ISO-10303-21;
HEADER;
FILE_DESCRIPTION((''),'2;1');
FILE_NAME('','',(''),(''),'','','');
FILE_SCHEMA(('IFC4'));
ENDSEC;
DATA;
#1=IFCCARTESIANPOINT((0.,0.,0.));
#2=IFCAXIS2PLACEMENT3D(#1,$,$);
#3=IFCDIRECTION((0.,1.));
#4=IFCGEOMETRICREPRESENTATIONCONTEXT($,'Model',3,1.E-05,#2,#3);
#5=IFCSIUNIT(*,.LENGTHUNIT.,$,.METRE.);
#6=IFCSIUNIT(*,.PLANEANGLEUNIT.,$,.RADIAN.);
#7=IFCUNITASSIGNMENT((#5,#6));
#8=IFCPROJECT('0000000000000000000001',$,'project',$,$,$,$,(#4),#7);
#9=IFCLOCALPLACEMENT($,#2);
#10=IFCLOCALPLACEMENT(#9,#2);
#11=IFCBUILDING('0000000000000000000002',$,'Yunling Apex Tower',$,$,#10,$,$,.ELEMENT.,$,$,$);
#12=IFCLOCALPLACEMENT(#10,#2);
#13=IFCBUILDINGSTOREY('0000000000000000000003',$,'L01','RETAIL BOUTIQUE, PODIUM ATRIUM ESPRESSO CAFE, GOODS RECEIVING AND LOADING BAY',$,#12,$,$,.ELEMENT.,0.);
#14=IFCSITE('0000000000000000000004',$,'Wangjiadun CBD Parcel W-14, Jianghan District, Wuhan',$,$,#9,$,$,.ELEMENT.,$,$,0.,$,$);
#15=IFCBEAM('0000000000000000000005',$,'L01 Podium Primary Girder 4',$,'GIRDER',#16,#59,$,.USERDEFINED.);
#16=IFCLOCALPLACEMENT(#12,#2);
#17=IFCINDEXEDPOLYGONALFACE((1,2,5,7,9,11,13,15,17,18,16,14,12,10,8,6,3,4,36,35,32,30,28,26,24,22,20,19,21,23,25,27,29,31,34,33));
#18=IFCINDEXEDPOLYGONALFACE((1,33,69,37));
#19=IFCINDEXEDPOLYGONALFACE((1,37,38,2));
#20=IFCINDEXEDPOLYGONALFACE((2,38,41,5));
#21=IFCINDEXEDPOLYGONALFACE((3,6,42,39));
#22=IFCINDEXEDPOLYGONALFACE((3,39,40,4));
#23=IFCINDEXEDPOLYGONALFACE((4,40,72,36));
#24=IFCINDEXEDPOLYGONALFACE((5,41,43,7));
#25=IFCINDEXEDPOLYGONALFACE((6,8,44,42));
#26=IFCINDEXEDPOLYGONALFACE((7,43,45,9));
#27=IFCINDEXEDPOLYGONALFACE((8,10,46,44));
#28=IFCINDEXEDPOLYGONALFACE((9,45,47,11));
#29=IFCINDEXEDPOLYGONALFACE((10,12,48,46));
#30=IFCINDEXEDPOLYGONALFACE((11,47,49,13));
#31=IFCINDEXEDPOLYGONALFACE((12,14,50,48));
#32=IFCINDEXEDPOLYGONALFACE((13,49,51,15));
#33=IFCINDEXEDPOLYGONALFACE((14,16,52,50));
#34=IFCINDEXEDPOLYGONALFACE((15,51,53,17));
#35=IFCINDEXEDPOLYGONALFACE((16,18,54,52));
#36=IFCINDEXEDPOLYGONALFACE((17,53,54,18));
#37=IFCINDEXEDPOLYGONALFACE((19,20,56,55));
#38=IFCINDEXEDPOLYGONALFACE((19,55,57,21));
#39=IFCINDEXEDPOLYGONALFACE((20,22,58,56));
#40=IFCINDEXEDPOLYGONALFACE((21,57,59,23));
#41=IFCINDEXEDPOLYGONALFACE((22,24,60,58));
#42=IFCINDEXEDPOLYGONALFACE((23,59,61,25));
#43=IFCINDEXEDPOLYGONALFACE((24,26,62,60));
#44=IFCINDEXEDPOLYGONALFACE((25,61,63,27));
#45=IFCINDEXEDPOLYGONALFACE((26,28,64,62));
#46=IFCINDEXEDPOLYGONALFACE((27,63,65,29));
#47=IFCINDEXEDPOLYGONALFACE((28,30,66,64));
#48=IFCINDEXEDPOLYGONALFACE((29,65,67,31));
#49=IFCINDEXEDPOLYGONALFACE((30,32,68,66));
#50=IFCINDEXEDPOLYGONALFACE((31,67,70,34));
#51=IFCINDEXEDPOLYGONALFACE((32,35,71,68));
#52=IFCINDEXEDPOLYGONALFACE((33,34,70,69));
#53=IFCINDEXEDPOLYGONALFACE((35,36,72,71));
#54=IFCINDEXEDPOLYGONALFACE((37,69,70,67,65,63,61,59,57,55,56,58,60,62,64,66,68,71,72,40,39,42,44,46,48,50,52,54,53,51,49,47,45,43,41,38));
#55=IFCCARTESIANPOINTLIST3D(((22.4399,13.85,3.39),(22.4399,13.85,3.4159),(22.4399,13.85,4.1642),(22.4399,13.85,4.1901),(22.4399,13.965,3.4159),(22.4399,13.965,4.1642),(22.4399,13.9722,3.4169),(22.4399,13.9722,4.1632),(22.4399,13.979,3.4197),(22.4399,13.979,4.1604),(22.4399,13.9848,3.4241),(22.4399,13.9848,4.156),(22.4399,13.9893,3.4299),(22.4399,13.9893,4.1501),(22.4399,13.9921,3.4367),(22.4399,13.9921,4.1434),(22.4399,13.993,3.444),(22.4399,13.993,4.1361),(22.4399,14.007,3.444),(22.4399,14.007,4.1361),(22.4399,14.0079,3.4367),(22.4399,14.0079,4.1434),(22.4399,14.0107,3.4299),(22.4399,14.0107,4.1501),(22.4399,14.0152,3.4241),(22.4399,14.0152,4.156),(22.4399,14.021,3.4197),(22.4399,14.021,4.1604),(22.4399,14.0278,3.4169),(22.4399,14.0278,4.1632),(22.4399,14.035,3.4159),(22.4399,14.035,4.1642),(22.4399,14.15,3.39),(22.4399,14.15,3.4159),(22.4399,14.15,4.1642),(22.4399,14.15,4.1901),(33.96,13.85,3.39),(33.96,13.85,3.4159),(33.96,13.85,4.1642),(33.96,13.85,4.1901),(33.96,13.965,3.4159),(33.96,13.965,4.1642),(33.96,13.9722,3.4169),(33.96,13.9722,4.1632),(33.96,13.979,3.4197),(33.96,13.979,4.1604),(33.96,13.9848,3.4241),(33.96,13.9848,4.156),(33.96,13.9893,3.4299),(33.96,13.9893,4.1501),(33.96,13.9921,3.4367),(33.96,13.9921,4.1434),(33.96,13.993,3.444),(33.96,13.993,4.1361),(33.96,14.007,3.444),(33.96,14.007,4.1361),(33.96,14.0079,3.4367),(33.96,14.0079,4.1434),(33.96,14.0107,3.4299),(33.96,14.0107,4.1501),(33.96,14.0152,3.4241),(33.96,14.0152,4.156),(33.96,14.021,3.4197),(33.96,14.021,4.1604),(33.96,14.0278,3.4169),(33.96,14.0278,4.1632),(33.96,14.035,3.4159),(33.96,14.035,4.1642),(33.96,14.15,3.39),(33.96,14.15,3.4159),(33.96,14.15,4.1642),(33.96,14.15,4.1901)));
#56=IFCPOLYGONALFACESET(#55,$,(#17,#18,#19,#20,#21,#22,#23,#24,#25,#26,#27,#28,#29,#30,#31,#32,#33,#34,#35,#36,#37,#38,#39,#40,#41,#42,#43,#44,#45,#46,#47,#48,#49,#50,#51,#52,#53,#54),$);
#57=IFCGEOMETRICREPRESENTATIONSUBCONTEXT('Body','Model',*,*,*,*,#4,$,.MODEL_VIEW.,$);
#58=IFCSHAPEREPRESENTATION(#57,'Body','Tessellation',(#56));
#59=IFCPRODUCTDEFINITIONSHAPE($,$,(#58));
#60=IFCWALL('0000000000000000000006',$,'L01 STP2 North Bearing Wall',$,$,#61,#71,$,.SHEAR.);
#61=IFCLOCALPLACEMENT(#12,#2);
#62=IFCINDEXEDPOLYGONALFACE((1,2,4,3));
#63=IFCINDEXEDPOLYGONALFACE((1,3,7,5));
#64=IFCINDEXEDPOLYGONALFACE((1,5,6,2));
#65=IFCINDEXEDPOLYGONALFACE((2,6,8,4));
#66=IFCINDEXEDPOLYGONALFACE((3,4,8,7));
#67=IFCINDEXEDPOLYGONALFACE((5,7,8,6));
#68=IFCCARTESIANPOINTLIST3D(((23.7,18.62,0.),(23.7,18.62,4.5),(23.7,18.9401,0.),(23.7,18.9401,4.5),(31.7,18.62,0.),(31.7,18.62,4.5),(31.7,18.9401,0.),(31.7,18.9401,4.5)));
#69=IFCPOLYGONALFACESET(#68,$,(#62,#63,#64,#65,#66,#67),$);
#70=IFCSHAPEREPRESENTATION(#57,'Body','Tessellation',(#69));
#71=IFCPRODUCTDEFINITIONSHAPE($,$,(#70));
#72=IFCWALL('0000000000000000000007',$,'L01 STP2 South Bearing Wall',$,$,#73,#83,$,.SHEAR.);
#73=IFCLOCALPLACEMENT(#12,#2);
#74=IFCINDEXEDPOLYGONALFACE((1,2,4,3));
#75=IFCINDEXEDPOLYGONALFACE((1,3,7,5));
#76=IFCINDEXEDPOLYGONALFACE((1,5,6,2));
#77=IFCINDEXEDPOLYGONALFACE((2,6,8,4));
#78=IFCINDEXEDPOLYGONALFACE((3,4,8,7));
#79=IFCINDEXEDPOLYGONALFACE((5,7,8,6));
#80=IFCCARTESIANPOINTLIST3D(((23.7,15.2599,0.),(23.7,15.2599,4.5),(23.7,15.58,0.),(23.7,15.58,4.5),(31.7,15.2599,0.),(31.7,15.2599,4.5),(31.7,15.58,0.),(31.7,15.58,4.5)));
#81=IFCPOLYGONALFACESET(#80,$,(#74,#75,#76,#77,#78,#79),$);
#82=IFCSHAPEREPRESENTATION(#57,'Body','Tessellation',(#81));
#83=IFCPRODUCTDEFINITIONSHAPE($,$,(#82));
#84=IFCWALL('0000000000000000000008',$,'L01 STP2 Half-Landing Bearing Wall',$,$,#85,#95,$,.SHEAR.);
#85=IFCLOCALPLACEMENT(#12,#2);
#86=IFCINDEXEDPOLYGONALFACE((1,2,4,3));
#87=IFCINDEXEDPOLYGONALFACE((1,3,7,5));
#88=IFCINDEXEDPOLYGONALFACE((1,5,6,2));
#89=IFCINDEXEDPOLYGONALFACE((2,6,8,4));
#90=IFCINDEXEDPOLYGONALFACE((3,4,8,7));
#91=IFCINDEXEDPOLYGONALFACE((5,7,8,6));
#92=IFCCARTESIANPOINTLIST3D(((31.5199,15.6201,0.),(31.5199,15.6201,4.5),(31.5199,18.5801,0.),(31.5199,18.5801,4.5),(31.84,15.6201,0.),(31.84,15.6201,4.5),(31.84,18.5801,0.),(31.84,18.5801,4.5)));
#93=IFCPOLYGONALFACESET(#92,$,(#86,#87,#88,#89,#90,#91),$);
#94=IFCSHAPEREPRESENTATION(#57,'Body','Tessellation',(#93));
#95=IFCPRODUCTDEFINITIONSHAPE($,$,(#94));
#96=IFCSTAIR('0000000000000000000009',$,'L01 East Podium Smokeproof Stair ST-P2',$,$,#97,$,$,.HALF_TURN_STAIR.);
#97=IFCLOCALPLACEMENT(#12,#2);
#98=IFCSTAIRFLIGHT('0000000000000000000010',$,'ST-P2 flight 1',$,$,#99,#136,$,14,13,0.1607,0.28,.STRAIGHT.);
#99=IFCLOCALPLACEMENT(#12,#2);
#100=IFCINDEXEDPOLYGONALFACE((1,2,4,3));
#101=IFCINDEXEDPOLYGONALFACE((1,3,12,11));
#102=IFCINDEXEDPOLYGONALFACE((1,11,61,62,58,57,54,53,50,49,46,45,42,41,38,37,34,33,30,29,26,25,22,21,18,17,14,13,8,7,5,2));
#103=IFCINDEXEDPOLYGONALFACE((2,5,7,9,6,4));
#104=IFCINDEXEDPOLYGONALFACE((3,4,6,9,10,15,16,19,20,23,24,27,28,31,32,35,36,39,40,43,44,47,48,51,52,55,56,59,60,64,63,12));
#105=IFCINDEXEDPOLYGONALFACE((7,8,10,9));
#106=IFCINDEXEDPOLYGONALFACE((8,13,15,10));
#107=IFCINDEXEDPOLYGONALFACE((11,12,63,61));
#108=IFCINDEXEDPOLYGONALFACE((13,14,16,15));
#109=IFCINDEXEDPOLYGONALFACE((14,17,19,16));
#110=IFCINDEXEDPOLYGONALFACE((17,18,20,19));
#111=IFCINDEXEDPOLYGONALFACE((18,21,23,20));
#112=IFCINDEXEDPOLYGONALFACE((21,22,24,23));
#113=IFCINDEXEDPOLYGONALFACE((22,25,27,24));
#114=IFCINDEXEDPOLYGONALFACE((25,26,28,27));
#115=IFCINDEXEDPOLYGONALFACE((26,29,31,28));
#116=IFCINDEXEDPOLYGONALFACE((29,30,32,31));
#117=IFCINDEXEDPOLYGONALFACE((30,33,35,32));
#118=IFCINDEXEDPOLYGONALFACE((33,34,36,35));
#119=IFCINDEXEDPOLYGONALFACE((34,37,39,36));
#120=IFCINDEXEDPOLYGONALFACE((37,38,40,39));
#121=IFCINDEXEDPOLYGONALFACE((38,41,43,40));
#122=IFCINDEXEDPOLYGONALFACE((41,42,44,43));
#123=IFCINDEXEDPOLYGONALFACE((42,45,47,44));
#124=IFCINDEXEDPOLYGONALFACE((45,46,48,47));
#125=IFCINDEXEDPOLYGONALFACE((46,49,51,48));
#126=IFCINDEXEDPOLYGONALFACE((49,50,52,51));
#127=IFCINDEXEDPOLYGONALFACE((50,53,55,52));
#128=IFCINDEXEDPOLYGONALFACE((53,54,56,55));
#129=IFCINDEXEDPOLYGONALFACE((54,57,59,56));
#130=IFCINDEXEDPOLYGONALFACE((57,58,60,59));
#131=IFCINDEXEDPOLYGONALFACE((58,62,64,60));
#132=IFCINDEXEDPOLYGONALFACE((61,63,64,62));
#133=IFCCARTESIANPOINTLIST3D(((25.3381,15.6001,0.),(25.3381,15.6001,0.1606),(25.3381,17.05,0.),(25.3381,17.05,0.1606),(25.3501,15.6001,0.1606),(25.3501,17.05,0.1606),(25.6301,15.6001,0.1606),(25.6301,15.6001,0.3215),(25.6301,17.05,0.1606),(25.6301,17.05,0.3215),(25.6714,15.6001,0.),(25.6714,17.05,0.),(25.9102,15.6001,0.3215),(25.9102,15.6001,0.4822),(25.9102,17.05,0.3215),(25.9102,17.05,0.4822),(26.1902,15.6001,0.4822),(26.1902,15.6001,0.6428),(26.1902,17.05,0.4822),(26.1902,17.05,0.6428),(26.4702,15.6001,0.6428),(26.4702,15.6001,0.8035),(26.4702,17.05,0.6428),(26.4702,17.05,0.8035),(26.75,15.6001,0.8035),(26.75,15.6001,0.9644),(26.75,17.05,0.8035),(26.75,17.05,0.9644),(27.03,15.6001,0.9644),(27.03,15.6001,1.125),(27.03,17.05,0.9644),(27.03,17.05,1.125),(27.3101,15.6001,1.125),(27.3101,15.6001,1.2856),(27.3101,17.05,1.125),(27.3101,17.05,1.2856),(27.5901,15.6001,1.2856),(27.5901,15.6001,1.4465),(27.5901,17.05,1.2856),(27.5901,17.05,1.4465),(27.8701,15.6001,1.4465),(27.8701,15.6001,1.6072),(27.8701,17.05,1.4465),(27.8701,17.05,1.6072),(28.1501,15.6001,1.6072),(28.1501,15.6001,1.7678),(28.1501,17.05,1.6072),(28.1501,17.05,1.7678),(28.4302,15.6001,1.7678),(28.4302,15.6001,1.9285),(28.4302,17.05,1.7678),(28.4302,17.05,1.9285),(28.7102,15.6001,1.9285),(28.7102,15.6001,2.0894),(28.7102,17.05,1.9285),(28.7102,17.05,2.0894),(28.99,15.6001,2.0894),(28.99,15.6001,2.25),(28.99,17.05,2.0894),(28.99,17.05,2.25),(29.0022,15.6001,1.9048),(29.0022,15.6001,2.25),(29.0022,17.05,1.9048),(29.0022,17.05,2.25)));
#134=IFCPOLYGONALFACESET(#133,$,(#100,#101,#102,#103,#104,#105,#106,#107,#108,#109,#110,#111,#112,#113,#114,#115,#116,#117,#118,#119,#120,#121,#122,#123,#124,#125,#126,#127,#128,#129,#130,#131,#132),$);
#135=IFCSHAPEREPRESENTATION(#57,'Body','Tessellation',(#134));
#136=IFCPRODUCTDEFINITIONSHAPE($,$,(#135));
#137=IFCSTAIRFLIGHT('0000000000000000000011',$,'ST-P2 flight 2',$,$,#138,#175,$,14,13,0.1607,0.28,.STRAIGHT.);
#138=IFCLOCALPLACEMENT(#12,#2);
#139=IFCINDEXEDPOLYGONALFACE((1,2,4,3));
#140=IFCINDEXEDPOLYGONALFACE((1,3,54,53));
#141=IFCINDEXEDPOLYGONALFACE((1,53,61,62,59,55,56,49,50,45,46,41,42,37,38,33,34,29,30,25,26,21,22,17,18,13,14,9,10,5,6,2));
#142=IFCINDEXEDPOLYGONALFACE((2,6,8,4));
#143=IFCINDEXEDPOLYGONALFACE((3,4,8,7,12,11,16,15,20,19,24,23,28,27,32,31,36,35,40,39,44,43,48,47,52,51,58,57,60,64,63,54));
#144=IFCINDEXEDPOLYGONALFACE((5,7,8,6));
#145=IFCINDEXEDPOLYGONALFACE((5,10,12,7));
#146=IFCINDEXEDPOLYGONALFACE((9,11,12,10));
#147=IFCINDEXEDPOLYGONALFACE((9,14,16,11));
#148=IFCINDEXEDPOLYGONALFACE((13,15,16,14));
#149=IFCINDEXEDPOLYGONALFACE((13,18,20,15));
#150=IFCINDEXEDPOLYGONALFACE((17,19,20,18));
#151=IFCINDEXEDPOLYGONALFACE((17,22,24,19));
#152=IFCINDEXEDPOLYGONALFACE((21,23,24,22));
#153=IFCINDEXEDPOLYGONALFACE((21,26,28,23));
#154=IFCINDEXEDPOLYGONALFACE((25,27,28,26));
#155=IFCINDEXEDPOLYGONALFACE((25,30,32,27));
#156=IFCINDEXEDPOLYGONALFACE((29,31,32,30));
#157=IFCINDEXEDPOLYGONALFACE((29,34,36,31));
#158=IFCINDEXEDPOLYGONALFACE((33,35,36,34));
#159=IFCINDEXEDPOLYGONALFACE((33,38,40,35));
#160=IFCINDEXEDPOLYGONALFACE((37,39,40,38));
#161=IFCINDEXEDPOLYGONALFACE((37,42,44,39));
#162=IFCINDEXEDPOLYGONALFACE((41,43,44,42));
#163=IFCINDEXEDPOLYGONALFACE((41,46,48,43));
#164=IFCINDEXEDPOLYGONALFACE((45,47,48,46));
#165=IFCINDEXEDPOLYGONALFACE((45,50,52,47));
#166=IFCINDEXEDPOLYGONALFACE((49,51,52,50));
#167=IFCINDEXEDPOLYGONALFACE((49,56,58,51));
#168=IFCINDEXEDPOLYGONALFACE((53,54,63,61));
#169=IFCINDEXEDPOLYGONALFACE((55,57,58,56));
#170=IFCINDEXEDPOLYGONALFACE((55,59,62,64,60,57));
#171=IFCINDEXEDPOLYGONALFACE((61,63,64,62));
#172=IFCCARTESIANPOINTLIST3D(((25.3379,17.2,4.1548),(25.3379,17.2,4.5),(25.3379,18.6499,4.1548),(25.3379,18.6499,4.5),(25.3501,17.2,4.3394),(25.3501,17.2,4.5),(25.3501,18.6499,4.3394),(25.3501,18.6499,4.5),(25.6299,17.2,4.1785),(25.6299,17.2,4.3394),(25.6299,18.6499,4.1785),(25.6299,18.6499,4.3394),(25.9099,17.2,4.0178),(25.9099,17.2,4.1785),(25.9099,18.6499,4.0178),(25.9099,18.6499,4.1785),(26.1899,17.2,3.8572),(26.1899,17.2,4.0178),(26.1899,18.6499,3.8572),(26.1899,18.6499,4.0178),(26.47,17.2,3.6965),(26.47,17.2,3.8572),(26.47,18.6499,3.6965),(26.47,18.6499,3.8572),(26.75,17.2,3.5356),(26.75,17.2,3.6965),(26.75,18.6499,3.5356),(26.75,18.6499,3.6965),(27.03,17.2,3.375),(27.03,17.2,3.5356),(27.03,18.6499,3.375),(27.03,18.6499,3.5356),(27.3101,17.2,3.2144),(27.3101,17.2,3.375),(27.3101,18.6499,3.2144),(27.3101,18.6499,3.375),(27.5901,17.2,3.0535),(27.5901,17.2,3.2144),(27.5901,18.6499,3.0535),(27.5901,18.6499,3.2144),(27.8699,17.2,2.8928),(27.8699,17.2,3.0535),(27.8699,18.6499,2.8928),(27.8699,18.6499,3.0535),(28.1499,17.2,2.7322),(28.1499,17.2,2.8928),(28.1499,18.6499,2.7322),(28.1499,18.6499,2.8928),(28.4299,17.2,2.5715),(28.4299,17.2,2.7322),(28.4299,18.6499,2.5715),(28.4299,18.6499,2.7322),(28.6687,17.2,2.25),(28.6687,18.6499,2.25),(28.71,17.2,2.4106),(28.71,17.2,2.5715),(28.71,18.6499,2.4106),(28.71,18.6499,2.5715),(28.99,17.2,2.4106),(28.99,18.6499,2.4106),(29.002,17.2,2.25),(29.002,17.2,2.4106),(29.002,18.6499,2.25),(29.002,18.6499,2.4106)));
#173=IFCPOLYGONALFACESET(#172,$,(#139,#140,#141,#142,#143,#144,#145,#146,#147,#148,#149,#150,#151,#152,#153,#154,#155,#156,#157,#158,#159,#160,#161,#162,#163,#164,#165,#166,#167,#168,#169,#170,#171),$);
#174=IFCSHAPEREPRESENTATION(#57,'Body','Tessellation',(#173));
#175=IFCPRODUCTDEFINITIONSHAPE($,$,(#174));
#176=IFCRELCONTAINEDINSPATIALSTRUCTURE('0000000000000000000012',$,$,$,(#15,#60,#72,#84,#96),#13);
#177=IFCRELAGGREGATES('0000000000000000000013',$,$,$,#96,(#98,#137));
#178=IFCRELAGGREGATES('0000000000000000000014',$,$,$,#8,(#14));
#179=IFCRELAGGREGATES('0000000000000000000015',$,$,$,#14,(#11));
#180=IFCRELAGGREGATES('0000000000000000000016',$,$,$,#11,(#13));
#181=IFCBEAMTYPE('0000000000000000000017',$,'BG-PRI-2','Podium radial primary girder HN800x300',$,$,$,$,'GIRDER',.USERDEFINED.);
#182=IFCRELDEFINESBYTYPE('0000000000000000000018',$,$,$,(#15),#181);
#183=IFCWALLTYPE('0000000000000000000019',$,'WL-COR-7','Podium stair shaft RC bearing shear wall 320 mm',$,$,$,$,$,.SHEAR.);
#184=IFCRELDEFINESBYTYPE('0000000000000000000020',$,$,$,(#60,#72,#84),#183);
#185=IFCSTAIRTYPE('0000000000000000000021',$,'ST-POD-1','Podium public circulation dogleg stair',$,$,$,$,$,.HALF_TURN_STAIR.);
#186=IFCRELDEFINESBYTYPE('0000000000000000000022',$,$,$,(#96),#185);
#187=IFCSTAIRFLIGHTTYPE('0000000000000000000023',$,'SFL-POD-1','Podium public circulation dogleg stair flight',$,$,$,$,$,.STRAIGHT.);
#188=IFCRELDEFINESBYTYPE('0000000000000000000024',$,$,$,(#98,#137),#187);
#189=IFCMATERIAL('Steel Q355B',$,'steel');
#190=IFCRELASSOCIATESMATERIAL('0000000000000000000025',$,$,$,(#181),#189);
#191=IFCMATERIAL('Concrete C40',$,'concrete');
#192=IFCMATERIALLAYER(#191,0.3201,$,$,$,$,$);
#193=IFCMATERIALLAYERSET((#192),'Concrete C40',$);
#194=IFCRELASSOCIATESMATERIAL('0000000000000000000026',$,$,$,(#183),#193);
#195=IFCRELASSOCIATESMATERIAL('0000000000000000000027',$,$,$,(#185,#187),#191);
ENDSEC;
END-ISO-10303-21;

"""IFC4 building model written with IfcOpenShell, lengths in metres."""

from ifc_helpers import new_model, si_unit, direction, frame, frame_2d, origin, origin_2d, place, context, subcontext, project, spatial, polyline, rectangle, i_section, outline, extrude, source, transform, mapped, material, layer, layer_set, material_profile, profile_set, type_object, element, aggregate, save


model = new_model("IFC4")

# Units and contexts
model_context = context("Model", 3, precision=1e-05, world=origin(), true_north=direction((0.0, 1.0)))
body_context = subcontext(model_context, "Body", "Model", "MODEL_VIEW")
ifc_project = project(units=[si_unit("LENGTHUNIT", "METRE"), si_unit("PLANEANGLEUNIT", "RADIAN")], contexts=[model_context])

# Site, building, storey
site_placement = place(None, origin())
site = spatial("IfcSite", under=ifc_project, at=site_placement, Name="Wangjiadun CBD Parcel W-14, Jianghan District, Wuhan", CompositionType="ELEMENT", RefElevation=0.0)
building_placement = place(site_placement, origin())
building = spatial("IfcBuilding", under=site, at=building_placement, Name="Yunling Apex Tower", CompositionType="ELEMENT")
storey_placement = place(building_placement, origin())
storey = spatial("IfcBuildingStorey", under=building, at=storey_placement, Name="L01", Description="RETAIL BOUTIQUE, PODIUM ATRIUM ESPRESSO CAFE, GOODS RECEIVING AND LOADING BAY", CompositionType="ELEMENT", Elevation=0.0)

# Beam
ifc_material_1 = material(Name="Steel Q355B", Category="steel")
ifc_material_profile_1 = material_profile(ifc_material_1, i_section(OverallWidth=0.3, OverallDepth=0.8, WebThickness=0.0139, FlangeThickness=0.0259, FilletRadius=0.0281, at=origin_2d()))
ifc_profile_set_1 = profile_set([ifc_material_profile_1], Name="Steel Q355B")
beam_type_1 = type_object("IfcBeamType", Name="BG-PRI-2", Description="Podium radial primary girder HN800x300", ElementType="GIRDER", PredefinedType="USERDEFINED", material=ifc_profile_set_1)
shared_shape_1 = source(origin(), body_context, "Body", "SweptSolid", [
    extrude(i_section(OverallWidth=0.3, OverallDepth=0.8, WebThickness=0.0139, FlangeThickness=0.0259, FilletRadius=0.0281, at=origin_2d()), origin(), (0.0, 0.0, 1.0), 11.52),
])
beam_1_placement = place(storey_placement, frame((22.4399, 14.0, 3.79), z_axis=(1.0, 0.0, 0.0), x_axis=(0.0, 1.0, 0.0)))
element("IfcBeam", 1, at=beam_1_placement, inside=storey, type_object=beam_type_1, Name="L01 Podium Primary Girder 4", ObjectType="GIRDER", PredefinedType="USERDEFINED", context=body_context, shape_type="MappedRepresentation", body=[
    mapped(shared_shape_1, transform((0.0, 0.0, 0.0), scale=1.0)),
])

# Walls
ifc_material_2 = material(Name="Concrete C40", Category="concrete")
ifc_layer_1 = layer(ifc_material_2, 0.3201)
ifc_layer_set_1 = layer_set([ifc_layer_1], Name="Concrete C40")
wall_type_1 = type_object("IfcWallType", Name="WL-COR-7", Description="Podium stair shaft RC bearing shear wall 320 mm", PredefinedType="SHEAR", material=ifc_layer_set_1)
for number, where, z_axis, x_axis, name in (
    (2, (23.7, 18.78, 0.0), (0.0, 0.0, 1.0), (1.0, 0.0, 0.0), "L01 STP2 North Bearing Wall"),
    (3, (23.7, 15.4199, 0.0), (0.0, 0.0, 1.0), (1.0, 0.0, 0.0), "L01 STP2 South Bearing Wall"),
):
    element("IfcWall", number, at=place(storey_placement, frame(where, z_axis=z_axis, x_axis=x_axis)), inside=storey, type_object=wall_type_1, Name=name, PredefinedType="SHEAR", context=body_context, shape_type="SweptSolid", body=[
        extrude(rectangle(XDim=8.0, YDim=0.3201, at=frame_2d((4.0, 0.0))), origin(), (0.0, 0.0, 1.0), 4.5),
    ])
wall_1_placement = place(storey_placement, frame((31.6799, 15.6201, 0.0), z_axis=(0.0, 0.0, 1.0), x_axis=(0.0, 1.0, 0.0)))
element("IfcWall", 4, at=wall_1_placement, inside=storey, type_object=wall_type_1, Name="L01 STP2 Half-Landing Bearing Wall", PredefinedType="SHEAR", context=body_context, shape_type="SweptSolid", body=[
    extrude(rectangle(XDim=2.96, YDim=0.3201, at=frame_2d((1.48, 0.0))), origin(), (0.0, 0.0, 1.0), 4.5),
])

# Stair, stair flights
stair_type = type_object("IfcStairType", Name="ST-POD-1", Description="Podium public circulation dogleg stair", PredefinedType="HALF_TURN_STAIR", material=ifc_material_2)
stair_placement = place(storey_placement, origin())
stair = element("IfcStair", 5, at=stair_placement, inside=storey, type_object=stair_type, Name="L01 East Podium Smokeproof Stair ST-P2", PredefinedType="HALF_TURN_STAIR")
stair_flight_type = type_object("IfcStairFlightType", Name="SFL-POD-1", Description="Podium public circulation dogleg stair flight", PredefinedType="STRAIGHT", material=ifc_material_2)
stair_flight_1_placement = place(storey_placement, frame((25.3501, 16.325, 0.0), z_axis=(0.0, 0.0, 1.0), x_axis=(1.0, 0.0, 0.0)))
stair_flight_1 = element("IfcStairFlight", 6, at=stair_flight_1_placement, type_object=stair_flight_type, Name="ST-P2 flight 1", NumberOfRisers=14, NumberOfTreads=13, PredefinedType="STRAIGHT", RiserHeight=0.1607, TreadLength=0.28, context=body_context, shape_type="SweptSolid", body=[
    extrude(outline(polyline([(-0.012, 0.0), (-0.012, 0.1606), (0.0, 0.1606), (0.28, 0.1606), (0.28, 0.3215), (0.5601, 0.3215), (0.5601, 0.4822), (0.8401, 0.4822), (0.8401, 0.6428), (1.1201, 0.6428), (1.1201, 0.8035), (1.3999, 0.8035), (1.3999, 0.9644), (1.6799, 0.9644), (1.6799, 1.125), (1.96, 1.125), (1.96, 1.2856), (2.24, 1.2856), (2.24, 1.4465), (2.52, 1.4465), (2.52, 1.6072), (2.8, 1.6072), (2.8, 1.7678), (3.0801, 1.7678), (3.0801, 1.9285), (3.3601, 1.9285), (3.3601, 2.0894), (3.6399, 2.0894), (3.6399, 2.25), (3.6521, 2.25), (3.6521, 1.9048), (0.3213, 0.0), (-0.012, 0.0)])), frame((0.0, 0.7251, 0.0), z_axis=(0.0, -1.0, 0.0), x_axis=(1.0, 0.0, 0.0)), (0.0, 0.0, 1.0), 1.45),
])
stair_flight_2_placement = place(storey_placement, frame((28.99, 17.925, 2.25), z_axis=(0.0, 0.0, 1.0), x_axis=(-1.0, 0.0, 0.0)))
stair_flight_2 = element("IfcStairFlight", 7, at=stair_flight_2_placement, type_object=stair_flight_type, Name="ST-P2 flight 2", NumberOfRisers=14, NumberOfTreads=13, PredefinedType="STRAIGHT", RiserHeight=0.1607, TreadLength=0.28, context=body_context, shape_type="SweptSolid", body=[
    extrude(outline(polyline([(-0.012, 0.0), (-0.012, 0.1606), (0.0, 0.1606), (0.28, 0.1606), (0.28, 0.3215), (0.5601, 0.3215), (0.5601, 0.4822), (0.8401, 0.4822), (0.8401, 0.6428), (1.1201, 0.6428), (1.1201, 0.8035), (1.3999, 0.8035), (1.3999, 0.9644), (1.6799, 0.9644), (1.6799, 1.125), (1.96, 1.125), (1.96, 1.2856), (2.24, 1.2856), (2.24, 1.4465), (2.52, 1.4465), (2.52, 1.6072), (2.8, 1.6072), (2.8, 1.7678), (3.0801, 1.7678), (3.0801, 1.9285), (3.3601, 1.9285), (3.3601, 2.0894), (3.6399, 2.0894), (3.6399, 2.25), (3.6521, 2.25), (3.6521, 1.9048), (0.3213, 0.0), (-0.012, 0.0)])), frame((0.0, 0.7251, 0.0), z_axis=(0.0, -1.0, 0.0), x_axis=(1.0, 0.0, 0.0)), (0.0, 0.0, 1.0), 1.45),
])
aggregate(stair, [stair_flight_1, stair_flight_2])

save(model, "model.ifc")
